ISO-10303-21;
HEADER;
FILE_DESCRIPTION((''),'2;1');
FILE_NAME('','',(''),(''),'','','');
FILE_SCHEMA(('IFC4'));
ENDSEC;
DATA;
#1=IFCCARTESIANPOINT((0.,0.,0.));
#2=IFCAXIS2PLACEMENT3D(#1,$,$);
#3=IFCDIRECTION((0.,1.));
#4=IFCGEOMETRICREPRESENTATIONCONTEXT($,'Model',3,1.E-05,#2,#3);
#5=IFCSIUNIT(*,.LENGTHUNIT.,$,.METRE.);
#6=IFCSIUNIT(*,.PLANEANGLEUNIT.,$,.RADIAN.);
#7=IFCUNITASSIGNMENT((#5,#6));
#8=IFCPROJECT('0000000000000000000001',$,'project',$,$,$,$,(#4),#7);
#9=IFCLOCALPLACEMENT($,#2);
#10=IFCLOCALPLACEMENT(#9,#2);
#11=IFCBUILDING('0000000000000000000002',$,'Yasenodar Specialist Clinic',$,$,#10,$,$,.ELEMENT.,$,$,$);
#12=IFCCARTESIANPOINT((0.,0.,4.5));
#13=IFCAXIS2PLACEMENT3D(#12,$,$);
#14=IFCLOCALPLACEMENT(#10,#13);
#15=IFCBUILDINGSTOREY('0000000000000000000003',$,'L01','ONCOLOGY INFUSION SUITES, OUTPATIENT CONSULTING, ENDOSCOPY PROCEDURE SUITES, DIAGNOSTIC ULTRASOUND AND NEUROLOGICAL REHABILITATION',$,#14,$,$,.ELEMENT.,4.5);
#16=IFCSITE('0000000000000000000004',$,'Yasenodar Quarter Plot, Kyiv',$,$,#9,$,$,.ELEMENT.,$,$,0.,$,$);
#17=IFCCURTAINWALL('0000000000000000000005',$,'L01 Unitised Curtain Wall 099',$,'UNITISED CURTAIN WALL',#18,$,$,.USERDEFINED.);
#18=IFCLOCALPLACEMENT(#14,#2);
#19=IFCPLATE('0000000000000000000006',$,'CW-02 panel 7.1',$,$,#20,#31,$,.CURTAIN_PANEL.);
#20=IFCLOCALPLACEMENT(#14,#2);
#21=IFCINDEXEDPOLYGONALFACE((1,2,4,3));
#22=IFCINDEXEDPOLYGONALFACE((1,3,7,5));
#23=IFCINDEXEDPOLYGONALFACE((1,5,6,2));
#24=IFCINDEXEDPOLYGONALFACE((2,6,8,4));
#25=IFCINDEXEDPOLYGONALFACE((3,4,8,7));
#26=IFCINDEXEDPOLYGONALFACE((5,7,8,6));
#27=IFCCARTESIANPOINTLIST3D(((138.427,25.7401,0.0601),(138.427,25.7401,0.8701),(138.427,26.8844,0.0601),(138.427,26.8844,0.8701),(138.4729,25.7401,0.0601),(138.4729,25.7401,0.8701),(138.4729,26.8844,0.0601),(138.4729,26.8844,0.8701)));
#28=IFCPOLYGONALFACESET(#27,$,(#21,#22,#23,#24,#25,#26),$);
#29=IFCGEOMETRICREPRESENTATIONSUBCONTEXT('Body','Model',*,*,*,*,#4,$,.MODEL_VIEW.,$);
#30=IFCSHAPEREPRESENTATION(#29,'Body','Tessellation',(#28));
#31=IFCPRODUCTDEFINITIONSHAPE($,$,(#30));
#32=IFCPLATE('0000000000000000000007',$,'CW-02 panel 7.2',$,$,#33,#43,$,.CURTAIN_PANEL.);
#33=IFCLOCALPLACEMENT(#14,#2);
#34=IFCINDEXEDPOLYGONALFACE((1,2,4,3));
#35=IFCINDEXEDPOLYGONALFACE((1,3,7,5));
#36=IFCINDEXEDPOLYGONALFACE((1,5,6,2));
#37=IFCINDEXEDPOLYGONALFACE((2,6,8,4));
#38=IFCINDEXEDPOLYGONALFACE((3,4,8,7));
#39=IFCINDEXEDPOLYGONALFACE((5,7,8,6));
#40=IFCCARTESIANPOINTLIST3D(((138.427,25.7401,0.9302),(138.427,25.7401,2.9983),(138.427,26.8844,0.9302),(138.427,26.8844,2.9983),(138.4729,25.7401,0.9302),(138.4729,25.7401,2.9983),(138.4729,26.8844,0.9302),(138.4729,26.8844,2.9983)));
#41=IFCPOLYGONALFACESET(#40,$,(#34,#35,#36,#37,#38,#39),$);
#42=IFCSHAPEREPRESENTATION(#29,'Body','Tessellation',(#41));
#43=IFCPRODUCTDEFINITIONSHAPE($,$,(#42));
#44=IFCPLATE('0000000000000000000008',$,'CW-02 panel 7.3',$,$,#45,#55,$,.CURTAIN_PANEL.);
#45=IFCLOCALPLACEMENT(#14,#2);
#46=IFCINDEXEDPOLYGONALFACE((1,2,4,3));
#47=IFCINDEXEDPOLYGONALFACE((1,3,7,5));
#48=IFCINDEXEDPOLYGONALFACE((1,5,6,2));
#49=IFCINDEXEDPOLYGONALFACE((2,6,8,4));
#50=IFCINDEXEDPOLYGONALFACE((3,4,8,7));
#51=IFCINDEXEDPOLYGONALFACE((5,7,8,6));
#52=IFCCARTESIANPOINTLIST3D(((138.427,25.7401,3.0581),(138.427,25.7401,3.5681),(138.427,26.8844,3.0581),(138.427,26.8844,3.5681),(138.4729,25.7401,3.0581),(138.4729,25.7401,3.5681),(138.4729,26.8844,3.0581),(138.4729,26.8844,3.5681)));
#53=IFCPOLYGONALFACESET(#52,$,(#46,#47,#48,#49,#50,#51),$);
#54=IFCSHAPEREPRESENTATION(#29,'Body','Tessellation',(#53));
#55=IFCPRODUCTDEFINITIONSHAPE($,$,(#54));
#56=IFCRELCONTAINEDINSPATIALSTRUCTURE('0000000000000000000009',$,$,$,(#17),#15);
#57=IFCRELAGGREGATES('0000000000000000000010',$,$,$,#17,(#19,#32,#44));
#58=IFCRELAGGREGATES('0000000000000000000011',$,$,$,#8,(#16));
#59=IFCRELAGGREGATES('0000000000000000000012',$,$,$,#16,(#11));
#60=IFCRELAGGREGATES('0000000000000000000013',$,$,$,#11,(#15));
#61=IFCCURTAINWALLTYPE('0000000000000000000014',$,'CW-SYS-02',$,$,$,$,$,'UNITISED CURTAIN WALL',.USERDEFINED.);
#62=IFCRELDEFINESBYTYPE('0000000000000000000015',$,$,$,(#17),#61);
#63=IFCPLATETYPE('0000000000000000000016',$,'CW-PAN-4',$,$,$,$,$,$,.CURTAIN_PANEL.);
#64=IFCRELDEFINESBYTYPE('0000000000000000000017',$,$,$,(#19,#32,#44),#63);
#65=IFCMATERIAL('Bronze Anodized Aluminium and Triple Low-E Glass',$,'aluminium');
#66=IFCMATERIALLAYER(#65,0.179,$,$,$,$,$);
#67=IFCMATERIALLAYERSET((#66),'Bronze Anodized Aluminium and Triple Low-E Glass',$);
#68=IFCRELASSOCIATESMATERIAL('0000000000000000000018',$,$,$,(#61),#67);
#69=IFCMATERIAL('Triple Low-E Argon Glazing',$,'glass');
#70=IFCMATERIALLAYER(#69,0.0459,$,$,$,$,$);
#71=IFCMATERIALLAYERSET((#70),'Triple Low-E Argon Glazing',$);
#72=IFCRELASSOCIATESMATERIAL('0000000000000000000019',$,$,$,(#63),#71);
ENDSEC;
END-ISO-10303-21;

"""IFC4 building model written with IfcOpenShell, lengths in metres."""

from ifc_helpers import new_model, si_unit, direction, frame, origin, origin_2d, place, context, subcontext, project, spatial, rectangle, extrude, material, layer, layer_set, type_object, element, aggregate, save


model = new_model("IFC4")

# Units and contexts
model_context = context("Model", 3, precision=1e-05, world=origin(), true_north=direction((0.0, 1.0)))
body_context = subcontext(model_context, "Body", "Model", "MODEL_VIEW")
ifc_project = project(units=[si_unit("LENGTHUNIT", "METRE"), si_unit("PLANEANGLEUNIT", "RADIAN")], contexts=[model_context])

# Site, building, storey
site_placement = place(None, origin())
site = spatial("IfcSite", under=ifc_project, at=site_placement, Name="Yasenodar Quarter Plot, Kyiv", CompositionType="ELEMENT", RefElevation=0.0)
building_placement = place(site_placement, origin())
building = spatial("IfcBuilding", under=site, at=building_placement, Name="Yasenodar Specialist Clinic", CompositionType="ELEMENT")
storey_placement = place(building_placement, frame((0.0, 0.0, 4.5)))
storey = spatial("IfcBuildingStorey", under=building, at=storey_placement, Name="L01", Description="ONCOLOGY INFUSION SUITES, OUTPATIENT CONSULTING, ENDOSCOPY PROCEDURE SUITES, DIAGNOSTIC ULTRASOUND AND NEUROLOGICAL REHABILITATION", CompositionType="ELEMENT", Elevation=4.5)

# Curtain wall
ifc_material_1 = material(Name="Bronze Anodized Aluminium and Triple Low-E Glass", Category="aluminium")
ifc_layer_1 = layer(ifc_material_1, 0.179)
ifc_layer_set_1 = layer_set([ifc_layer_1], Name="Bronze Anodized Aluminium and Triple Low-E Glass")
curtain_wall_type = type_object("IfcCurtainWallType", Name="CW-SYS-02", ElementType="UNITISED CURTAIN WALL", PredefinedType="USERDEFINED", material=ifc_layer_set_1)
curtain_wall_1_placement = place(storey_placement, origin())
curtain_wall_1 = element("IfcCurtainWall", 1, at=curtain_wall_1_placement, inside=storey, type_object=curtain_wall_type, Name="L01 Unitised Curtain Wall 099", ObjectType="UNITISED CURTAIN WALL", PredefinedType="USERDEFINED")

# Plates
ifc_material_2 = material(Name="Triple Low-E Argon Glazing", Category="glass")
ifc_layer_2 = layer(ifc_material_2, 0.0459)
ifc_layer_set_2 = layer_set([ifc_layer_2], Name="Triple Low-E Argon Glazing")
plate_type_1 = type_object("IfcPlateType", Name="CW-PAN-4", PredefinedType="CURTAIN_PANEL", material=ifc_layer_set_2)
plate_1_placement = place(storey_placement, frame((138.45, 26.3123, 0.0601), z_axis=(0.0, 0.0, 1.0), x_axis=(0.0, -1.0, 0.0)))
plate_1 = element("IfcPlate", 2, at=plate_1_placement, type_object=plate_type_1, Name="CW-02 panel 7.1", PredefinedType="CURTAIN_PANEL", context=body_context, shape_type="SweptSolid", body=[
    extrude(rectangle(XDim=1.1443, YDim=0.0459, at=origin_2d()), origin(), (0.0, 0.0, 1.0), 0.8101),
])
plate_2_placement = place(storey_placement, frame((138.45, 26.3123, 0.9302), z_axis=(0.0, 0.0, 1.0), x_axis=(0.0, -1.0, 0.0)))
plate_2 = element("IfcPlate", 3, at=plate_2_placement, type_object=plate_type_1, Name="CW-02 panel 7.2", PredefinedType="CURTAIN_PANEL", context=body_context, shape_type="SweptSolid", body=[
    extrude(rectangle(XDim=1.1443, YDim=0.0459, at=origin_2d()), origin(), (0.0, 0.0, 1.0), 2.0681),
])
plate_3_placement = place(storey_placement, frame((138.45, 26.3123, 3.0581), z_axis=(0.0, 0.0, 1.0), x_axis=(0.0, -1.0, 0.0)))
plate_3 = element("IfcPlate", 4, at=plate_3_placement, type_object=plate_type_1, Name="CW-02 panel 7.3", PredefinedType="CURTAIN_PANEL", context=body_context, shape_type="SweptSolid", body=[
    extrude(rectangle(XDim=1.1443, YDim=0.0459, at=origin_2d()), origin(), (0.0, 0.0, 1.0), 0.51),
])
aggregate(curtain_wall_1, [plate_1, plate_2, plate_3])

save(model, "model.ifc")
